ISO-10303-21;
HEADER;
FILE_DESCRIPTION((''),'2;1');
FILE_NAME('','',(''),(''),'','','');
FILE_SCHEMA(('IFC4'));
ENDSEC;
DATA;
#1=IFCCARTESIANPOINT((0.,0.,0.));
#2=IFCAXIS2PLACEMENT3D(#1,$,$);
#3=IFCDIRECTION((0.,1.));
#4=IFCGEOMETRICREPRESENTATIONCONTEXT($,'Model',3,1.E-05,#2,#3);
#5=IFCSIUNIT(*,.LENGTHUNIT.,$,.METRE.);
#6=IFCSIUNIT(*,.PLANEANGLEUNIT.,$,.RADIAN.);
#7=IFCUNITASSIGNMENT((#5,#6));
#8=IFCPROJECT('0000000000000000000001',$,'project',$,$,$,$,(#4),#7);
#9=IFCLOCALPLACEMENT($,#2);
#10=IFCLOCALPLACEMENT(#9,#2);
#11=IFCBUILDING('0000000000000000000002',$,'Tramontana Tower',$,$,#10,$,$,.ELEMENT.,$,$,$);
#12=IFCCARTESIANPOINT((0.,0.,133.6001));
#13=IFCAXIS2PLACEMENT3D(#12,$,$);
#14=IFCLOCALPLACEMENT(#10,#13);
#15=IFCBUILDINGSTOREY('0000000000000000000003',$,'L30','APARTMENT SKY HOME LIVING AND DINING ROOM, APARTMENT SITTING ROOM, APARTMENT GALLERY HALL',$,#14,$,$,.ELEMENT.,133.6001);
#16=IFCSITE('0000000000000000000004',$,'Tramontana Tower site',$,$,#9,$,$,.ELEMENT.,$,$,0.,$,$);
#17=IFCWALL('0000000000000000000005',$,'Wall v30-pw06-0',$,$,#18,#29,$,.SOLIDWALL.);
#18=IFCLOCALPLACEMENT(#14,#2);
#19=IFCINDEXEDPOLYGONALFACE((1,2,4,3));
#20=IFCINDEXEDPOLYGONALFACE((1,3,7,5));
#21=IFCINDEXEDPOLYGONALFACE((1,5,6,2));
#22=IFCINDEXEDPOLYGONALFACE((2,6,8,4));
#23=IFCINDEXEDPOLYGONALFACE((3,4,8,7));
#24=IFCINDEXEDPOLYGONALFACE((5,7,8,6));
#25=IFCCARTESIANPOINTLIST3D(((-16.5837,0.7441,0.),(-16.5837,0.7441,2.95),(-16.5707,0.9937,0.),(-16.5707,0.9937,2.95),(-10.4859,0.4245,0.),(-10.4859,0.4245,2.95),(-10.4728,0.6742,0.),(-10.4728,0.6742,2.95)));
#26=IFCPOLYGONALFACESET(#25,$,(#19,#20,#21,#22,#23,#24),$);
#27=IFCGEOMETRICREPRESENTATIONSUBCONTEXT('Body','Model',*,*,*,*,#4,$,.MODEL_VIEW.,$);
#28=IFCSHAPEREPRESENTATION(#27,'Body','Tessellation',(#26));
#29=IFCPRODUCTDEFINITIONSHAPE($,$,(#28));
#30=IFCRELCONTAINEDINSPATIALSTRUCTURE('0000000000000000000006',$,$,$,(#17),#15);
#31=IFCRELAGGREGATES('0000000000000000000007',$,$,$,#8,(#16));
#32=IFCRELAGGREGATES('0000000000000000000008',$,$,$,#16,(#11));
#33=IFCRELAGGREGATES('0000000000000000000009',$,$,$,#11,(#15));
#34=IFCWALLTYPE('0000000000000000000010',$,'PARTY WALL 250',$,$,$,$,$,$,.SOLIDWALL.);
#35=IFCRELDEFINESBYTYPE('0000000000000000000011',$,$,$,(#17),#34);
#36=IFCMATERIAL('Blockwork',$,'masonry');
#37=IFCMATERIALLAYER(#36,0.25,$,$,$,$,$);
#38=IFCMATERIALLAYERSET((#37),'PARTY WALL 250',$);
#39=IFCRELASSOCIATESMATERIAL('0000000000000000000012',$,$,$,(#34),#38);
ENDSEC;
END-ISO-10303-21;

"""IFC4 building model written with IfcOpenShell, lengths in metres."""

from ifc_helpers import new_model, si_unit, direction, frame, frame_2d, origin, place, context, subcontext, project, spatial, rectangle, extrude, material, layer, layer_set, type_object, element, save


model = new_model("IFC4")

# Units and contexts
model_context = context("Model", 3, precision=1e-05, world=origin(), true_north=direction((0.0, 1.0)))
body_context = subcontext(model_context, "Body", "Model", "MODEL_VIEW")
ifc_project = project(units=[si_unit("LENGTHUNIT", "METRE"), si_unit("PLANEANGLEUNIT", "RADIAN")], contexts=[model_context])

# Site, building, storey
site_placement = place(None, origin())
site = spatial("IfcSite", under=ifc_project, at=site_placement, Name="Tramontana Tower site", CompositionType="ELEMENT", RefElevation=0.0)
building_placement = place(site_placement, origin())
building = spatial("IfcBuilding", under=site, at=building_placement, Name="Tramontana Tower", CompositionType="ELEMENT")
storey_placement = place(building_placement, frame((0.0, 0.0, 133.6001)))
storey = spatial("IfcBuildingStorey", under=building, at=storey_placement, Name="L30", Description="APARTMENT SKY HOME LIVING AND DINING ROOM, APARTMENT SITTING ROOM, APARTMENT GALLERY HALL", CompositionType="ELEMENT", Elevation=133.6001)

# Wall
ifc_material_1 = material(Name="Blockwork", Category="masonry")
ifc_layer_1 = layer(ifc_material_1, 0.25)
ifc_layer_set_1 = layer_set([ifc_layer_1], Name="PARTY WALL 250")
wall_type_1 = type_object("IfcWallType", Name="PARTY WALL 250", PredefinedType="SOLIDWALL", material=ifc_layer_set_1)
wall_1_placement = place(storey_placement, frame((-10.4792, 0.5493, 0.0), z_axis=(0.0, 0.0, 1.0), x_axis=(-0.99863, 0.052336, 0.0)))
element("IfcWall", 1, at=wall_1_placement, inside=storey, type_object=wall_type_1, Name="Wall v30-pw06-0", PredefinedType="SOLIDWALL", context=body_context, shape_type="SweptSolid", body=[
    extrude(rectangle(XDim=6.1062, YDim=0.25, at=frame_2d((3.0532, 0.0))), origin(), (0.0, 0.0, 1.0), 2.95),
])

save(model, "model.ifc")
